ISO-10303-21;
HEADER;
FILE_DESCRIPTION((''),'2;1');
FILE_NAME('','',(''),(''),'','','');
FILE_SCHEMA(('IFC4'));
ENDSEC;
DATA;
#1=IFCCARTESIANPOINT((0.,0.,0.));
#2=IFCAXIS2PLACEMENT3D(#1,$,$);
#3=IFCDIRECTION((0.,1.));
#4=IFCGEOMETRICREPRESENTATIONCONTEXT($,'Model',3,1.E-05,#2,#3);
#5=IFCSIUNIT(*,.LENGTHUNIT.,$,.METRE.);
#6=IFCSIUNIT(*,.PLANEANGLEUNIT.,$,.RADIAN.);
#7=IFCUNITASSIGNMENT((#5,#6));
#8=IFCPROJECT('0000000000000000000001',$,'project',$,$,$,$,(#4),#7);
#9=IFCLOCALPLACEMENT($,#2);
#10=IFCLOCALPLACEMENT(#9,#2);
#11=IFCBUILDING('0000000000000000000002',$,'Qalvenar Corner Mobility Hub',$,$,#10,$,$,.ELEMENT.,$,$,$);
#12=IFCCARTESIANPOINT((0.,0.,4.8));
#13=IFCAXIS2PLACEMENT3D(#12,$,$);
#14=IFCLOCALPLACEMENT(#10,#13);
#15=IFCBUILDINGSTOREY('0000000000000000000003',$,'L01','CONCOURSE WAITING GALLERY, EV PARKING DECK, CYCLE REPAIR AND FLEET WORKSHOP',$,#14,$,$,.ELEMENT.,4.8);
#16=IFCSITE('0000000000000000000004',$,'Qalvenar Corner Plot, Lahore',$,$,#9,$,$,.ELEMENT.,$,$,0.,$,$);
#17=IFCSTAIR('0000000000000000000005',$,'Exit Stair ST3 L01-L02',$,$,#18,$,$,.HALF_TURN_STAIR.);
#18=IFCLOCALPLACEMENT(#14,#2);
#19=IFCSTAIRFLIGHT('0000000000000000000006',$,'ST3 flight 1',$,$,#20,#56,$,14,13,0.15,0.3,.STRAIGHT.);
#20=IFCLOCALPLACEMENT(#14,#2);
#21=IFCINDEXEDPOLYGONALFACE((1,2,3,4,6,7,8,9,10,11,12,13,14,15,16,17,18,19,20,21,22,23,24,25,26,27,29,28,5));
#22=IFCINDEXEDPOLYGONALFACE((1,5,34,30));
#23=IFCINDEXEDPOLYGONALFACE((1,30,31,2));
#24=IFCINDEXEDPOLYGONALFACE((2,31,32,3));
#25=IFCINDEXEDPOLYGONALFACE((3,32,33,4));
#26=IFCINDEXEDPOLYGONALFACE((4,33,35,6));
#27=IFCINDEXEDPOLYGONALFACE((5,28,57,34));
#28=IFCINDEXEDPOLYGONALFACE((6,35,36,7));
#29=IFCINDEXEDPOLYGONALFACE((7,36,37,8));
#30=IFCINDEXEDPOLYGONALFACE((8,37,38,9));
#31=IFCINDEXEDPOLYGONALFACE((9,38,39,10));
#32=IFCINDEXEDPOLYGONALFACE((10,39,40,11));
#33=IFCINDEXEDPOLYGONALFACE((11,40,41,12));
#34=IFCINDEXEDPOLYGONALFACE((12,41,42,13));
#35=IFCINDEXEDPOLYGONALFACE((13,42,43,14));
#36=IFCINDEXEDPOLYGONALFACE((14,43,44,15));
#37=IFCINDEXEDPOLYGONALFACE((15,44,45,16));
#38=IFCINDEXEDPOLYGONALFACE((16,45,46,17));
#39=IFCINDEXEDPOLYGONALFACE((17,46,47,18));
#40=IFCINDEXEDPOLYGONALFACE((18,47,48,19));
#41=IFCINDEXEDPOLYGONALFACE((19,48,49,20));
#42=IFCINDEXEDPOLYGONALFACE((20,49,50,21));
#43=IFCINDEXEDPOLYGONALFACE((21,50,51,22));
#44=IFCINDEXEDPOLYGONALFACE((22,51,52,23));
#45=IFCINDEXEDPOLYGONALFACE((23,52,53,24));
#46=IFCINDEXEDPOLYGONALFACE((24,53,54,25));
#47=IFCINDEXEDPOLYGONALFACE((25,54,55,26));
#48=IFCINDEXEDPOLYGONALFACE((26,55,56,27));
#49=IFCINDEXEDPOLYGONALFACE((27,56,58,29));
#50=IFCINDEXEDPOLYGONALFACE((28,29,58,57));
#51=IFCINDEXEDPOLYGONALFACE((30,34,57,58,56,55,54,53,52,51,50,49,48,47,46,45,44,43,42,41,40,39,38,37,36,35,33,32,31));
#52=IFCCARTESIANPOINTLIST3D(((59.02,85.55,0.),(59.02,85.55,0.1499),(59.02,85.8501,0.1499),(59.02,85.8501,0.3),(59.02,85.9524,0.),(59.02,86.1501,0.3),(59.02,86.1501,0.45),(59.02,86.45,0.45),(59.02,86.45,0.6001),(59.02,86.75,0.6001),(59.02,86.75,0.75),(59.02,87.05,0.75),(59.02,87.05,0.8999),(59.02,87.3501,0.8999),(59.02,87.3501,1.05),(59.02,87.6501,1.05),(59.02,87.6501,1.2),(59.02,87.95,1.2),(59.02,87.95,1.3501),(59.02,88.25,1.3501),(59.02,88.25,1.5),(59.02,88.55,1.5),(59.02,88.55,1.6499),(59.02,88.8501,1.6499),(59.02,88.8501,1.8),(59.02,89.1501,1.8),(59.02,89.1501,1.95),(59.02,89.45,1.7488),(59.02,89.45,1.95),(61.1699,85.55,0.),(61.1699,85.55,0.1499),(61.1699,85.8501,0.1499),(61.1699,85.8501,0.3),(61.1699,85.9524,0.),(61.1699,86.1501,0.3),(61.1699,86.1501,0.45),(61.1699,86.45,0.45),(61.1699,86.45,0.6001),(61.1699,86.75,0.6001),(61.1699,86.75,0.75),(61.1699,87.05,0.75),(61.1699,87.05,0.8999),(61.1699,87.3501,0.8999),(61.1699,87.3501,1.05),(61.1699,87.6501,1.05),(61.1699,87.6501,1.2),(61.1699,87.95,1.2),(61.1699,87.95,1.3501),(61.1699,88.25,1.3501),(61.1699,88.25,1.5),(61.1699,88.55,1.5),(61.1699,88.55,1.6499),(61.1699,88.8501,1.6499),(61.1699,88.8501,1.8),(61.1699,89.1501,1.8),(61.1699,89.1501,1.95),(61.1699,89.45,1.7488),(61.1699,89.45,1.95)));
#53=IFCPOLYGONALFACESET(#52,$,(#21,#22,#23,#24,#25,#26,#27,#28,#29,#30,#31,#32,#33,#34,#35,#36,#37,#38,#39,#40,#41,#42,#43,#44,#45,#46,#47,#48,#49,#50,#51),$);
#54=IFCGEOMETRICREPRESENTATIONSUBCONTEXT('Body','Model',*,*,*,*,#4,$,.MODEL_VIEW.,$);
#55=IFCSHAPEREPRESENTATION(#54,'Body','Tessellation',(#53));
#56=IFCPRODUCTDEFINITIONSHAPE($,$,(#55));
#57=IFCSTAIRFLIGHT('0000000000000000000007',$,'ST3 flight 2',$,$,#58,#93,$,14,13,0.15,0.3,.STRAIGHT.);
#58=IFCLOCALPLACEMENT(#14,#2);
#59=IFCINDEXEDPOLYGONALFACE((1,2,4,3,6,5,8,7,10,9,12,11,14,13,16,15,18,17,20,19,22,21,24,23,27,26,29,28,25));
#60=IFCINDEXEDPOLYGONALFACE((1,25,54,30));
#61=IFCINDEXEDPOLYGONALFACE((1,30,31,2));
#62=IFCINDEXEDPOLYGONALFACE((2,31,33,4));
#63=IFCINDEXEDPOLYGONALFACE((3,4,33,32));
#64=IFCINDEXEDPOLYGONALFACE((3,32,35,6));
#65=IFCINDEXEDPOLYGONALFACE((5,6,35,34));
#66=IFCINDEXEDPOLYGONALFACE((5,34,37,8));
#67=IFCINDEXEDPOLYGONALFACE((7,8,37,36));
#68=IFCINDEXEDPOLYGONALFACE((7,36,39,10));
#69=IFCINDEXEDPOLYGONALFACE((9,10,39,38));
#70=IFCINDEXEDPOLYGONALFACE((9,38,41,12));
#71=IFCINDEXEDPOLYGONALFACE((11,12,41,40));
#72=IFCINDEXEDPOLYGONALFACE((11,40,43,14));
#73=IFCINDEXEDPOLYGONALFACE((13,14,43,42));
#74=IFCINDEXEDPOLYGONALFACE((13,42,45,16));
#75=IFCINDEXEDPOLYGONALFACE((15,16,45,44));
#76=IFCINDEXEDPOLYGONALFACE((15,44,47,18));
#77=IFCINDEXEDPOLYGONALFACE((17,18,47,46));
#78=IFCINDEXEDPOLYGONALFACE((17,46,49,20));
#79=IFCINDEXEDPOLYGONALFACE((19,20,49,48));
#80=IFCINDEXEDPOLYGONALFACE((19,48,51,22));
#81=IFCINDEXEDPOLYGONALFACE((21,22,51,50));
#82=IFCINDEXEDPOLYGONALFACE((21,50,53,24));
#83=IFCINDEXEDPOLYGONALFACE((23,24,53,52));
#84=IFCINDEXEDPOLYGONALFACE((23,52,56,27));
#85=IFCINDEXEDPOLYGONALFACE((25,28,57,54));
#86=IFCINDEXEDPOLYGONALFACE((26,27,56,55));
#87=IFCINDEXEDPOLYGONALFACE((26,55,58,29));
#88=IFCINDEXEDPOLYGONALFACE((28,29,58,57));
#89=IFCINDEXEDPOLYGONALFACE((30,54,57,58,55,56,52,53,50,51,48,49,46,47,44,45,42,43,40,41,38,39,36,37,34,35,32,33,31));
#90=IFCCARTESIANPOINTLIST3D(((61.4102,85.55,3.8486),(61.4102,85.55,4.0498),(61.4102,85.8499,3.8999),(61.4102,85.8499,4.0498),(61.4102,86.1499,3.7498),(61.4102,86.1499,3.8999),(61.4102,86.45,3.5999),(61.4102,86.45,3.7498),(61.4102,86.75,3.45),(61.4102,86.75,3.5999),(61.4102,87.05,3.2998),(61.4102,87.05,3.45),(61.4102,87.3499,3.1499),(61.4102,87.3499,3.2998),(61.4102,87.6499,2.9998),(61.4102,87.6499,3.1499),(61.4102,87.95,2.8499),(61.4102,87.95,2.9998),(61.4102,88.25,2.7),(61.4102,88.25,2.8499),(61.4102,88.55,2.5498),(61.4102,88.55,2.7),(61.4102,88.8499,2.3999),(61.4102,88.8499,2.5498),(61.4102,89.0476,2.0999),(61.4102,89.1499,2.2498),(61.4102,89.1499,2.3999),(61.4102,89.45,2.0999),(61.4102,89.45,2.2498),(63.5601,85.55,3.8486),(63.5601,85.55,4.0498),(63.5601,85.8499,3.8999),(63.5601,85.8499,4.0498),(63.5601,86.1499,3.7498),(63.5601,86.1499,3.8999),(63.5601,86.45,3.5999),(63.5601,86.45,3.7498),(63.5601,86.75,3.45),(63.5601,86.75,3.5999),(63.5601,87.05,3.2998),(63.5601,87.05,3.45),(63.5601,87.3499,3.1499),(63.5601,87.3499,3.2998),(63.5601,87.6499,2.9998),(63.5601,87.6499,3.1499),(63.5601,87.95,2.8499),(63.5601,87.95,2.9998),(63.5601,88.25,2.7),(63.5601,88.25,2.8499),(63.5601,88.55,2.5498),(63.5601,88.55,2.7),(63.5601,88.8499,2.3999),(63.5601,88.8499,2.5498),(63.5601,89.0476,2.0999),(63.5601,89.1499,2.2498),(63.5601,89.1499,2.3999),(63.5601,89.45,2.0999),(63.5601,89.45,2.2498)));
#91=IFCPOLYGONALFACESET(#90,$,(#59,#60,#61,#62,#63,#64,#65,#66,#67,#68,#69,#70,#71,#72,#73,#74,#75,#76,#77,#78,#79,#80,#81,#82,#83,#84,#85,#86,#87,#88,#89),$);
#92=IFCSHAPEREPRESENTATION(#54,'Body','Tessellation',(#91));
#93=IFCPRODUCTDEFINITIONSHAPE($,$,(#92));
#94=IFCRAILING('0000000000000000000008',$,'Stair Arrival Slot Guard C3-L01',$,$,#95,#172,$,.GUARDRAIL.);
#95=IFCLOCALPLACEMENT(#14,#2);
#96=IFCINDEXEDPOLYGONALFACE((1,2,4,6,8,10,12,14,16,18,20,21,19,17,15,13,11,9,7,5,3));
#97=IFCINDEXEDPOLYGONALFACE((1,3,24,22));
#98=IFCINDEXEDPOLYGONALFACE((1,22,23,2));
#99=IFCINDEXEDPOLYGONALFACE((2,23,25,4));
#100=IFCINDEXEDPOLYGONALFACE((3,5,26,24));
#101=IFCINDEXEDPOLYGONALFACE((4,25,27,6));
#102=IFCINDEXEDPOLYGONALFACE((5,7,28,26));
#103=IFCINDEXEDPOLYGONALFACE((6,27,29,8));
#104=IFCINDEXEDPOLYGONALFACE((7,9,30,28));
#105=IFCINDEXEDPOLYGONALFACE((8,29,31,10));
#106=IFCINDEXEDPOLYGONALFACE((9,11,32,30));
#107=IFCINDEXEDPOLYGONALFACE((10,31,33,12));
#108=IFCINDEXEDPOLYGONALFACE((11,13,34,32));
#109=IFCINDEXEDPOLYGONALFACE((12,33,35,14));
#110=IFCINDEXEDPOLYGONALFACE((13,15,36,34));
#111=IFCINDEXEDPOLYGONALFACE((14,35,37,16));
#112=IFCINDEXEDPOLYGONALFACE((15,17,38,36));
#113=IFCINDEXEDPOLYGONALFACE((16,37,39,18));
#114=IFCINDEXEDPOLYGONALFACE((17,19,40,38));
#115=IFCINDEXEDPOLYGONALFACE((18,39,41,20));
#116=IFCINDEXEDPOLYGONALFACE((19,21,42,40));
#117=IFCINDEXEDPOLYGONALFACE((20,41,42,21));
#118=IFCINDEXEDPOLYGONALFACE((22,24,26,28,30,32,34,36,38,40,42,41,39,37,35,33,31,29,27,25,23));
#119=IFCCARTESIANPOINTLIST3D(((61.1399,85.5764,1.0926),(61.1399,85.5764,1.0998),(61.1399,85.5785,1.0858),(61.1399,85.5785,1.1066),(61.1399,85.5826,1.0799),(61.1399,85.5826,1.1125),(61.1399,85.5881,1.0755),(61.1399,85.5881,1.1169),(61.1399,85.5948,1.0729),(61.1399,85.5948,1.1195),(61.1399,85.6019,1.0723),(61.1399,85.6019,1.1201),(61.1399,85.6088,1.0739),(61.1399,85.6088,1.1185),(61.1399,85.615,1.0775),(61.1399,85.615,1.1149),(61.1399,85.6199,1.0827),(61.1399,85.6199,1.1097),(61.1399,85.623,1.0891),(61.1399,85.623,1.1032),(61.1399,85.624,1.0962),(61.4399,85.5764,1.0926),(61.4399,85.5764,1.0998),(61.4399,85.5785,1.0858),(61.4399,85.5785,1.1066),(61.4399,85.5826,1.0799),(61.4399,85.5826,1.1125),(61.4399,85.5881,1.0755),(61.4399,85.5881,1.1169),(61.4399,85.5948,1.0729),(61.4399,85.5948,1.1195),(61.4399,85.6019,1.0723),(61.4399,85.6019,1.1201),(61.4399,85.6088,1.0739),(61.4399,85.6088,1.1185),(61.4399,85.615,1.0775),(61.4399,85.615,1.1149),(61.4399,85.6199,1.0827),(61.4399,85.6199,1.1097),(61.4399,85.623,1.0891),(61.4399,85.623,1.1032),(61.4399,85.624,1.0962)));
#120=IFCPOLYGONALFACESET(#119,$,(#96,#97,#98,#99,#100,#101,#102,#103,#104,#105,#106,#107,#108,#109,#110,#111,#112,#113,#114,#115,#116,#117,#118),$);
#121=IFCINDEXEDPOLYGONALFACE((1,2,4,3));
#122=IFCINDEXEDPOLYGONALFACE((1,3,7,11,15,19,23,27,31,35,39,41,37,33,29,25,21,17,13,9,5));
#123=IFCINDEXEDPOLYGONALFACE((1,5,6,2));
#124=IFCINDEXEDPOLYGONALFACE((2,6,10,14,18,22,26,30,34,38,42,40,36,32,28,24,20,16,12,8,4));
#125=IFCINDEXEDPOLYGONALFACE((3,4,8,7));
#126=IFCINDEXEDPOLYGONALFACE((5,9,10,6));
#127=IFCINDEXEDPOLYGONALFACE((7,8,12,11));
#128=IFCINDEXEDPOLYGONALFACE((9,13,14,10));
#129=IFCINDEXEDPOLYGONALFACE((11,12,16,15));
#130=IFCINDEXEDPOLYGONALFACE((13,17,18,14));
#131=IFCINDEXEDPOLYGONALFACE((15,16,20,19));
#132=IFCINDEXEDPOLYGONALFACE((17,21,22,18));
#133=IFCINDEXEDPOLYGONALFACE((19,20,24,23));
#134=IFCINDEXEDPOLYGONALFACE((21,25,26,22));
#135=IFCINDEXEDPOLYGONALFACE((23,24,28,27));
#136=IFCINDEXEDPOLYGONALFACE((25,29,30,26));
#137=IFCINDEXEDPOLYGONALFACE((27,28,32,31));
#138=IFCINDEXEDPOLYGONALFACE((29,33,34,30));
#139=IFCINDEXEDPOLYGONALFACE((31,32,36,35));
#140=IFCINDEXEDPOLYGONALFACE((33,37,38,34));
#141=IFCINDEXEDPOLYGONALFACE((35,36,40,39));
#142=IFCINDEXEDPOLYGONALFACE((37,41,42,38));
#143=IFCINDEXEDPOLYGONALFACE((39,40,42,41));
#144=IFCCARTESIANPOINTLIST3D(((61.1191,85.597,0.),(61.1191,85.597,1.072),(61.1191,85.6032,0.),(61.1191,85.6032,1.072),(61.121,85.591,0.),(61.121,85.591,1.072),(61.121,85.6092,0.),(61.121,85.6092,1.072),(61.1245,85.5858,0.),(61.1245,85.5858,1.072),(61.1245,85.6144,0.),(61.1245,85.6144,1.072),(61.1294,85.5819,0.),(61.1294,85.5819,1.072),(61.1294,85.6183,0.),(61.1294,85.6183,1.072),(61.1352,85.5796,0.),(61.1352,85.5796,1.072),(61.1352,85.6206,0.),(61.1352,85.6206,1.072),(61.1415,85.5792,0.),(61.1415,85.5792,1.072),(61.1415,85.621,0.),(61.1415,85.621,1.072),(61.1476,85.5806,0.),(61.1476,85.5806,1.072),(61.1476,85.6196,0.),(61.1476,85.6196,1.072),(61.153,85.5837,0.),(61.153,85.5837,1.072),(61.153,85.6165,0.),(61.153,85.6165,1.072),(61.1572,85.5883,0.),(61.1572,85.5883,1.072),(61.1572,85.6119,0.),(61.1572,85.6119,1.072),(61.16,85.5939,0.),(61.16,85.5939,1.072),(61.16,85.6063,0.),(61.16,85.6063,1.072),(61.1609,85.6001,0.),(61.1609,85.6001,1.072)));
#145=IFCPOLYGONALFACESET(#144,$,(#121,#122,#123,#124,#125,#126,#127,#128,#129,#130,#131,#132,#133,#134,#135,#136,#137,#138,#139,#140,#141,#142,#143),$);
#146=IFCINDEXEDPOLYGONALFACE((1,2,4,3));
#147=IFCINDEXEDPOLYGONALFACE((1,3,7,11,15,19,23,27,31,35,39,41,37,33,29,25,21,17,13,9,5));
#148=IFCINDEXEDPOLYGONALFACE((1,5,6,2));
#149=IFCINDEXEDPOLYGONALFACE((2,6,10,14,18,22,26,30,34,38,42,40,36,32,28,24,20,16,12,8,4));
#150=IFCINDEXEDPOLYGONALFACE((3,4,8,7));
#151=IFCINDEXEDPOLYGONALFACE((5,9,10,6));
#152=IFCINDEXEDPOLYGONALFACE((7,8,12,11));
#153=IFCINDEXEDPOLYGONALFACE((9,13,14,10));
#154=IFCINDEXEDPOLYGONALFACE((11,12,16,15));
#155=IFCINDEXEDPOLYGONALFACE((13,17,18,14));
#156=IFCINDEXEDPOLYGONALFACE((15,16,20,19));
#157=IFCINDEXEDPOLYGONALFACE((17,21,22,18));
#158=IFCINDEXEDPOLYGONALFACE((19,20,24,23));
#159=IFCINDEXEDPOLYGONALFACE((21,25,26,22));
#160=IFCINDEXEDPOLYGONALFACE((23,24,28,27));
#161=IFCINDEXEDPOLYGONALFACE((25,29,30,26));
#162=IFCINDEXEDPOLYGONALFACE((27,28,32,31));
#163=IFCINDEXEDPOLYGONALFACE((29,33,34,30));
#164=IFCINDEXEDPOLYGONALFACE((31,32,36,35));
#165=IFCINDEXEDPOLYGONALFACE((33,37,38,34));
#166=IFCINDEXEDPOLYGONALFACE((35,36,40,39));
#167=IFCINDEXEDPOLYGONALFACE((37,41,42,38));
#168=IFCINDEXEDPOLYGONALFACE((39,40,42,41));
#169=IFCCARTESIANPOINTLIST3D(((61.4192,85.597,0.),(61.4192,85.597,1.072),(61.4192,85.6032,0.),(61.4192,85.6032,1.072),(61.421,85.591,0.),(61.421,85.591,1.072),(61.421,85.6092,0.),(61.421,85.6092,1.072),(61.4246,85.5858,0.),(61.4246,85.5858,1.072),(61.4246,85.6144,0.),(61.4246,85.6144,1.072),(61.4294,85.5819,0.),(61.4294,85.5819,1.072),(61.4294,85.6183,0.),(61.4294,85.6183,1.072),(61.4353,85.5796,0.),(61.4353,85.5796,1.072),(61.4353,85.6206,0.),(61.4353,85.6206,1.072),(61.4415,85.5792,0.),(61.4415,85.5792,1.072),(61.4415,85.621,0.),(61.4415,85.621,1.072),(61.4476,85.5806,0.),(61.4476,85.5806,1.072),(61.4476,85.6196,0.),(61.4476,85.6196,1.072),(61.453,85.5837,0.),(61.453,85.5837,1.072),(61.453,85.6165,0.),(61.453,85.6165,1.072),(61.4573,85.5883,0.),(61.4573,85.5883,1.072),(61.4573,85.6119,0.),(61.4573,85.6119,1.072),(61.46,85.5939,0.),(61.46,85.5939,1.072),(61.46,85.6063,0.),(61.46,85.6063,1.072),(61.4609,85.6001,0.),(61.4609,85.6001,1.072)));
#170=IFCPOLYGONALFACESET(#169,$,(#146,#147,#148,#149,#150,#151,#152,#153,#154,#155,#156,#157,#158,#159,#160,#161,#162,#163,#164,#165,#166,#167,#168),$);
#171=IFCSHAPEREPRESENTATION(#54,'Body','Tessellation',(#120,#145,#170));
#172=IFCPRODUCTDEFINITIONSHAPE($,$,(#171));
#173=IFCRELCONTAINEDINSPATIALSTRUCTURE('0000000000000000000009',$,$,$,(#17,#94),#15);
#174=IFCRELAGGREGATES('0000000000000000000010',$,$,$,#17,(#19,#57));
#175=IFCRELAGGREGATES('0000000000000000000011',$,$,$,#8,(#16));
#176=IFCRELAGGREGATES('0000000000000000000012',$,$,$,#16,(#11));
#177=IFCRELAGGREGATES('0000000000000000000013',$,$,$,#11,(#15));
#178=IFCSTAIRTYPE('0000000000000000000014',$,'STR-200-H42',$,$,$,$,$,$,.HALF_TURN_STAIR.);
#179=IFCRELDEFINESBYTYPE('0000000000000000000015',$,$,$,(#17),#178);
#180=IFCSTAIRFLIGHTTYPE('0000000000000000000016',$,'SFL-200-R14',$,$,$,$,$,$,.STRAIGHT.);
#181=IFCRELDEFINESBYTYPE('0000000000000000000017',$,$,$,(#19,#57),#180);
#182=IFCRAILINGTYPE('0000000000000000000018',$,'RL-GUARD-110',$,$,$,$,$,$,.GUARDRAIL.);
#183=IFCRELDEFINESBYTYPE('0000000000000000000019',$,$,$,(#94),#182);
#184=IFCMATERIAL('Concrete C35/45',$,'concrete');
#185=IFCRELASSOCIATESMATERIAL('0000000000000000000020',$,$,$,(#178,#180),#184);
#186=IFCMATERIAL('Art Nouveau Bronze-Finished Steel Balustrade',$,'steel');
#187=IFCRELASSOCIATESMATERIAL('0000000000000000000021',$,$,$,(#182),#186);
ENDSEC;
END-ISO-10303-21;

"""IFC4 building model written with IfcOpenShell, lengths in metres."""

from ifc_helpers import new_model, si_unit, direction, frame, origin, origin_2d, place, context, subcontext, project, spatial, polyline, circle, outline, extrude, material, type_object, element, aggregate, save


model = new_model("IFC4")

# Units and contexts
model_context = context("Model", 3, precision=1e-05, world=origin(), true_north=direction((0.0, 1.0)))
body_context = subcontext(model_context, "Body", "Model", "MODEL_VIEW")
ifc_project = project(units=[si_unit("LENGTHUNIT", "METRE"), si_unit("PLANEANGLEUNIT", "RADIAN")], contexts=[model_context])

# Site, building, storey
site_placement = place(None, origin())
site = spatial("IfcSite", under=ifc_project, at=site_placement, Name="Qalvenar Corner Plot, Lahore", CompositionType="ELEMENT", RefElevation=0.0)
building_placement = place(site_placement, origin())
building = spatial("IfcBuilding", under=site, at=building_placement, Name="Qalvenar Corner Mobility Hub", CompositionType="ELEMENT")
storey_placement = place(building_placement, frame((0.0, 0.0, 4.8)))
storey = spatial("IfcBuildingStorey", under=building, at=storey_placement, Name="L01", Description="CONCOURSE WAITING GALLERY, EV PARKING DECK, CYCLE REPAIR AND FLEET WORKSHOP", CompositionType="ELEMENT", Elevation=4.8)

# Stair, stair flights
ifc_material_1 = material(Name="Concrete C35/45", Category="concrete")
stair_type = type_object("IfcStairType", Name="STR-200-H42", PredefinedType="HALF_TURN_STAIR", material=ifc_material_1)
stair_placement = place(storey_placement, origin())
stair = element("IfcStair", 1, at=stair_placement, inside=storey, type_object=stair_type, Name="Exit Stair ST3 L01-L02", PredefinedType="HALF_TURN_STAIR")
stair_flight_type = type_object("IfcStairFlightType", Name="SFL-200-R14", PredefinedType="STRAIGHT", material=ifc_material_1)
stair_flight_1_placement = place(storey_placement, frame((60.095, 85.55, 0.0), z_axis=(0.0, 0.0, 1.0), x_axis=(0.0, 1.0, 0.0)))
stair_flight_1 = element("IfcStairFlight", 2, at=stair_flight_1_placement, type_object=stair_flight_type, Name="ST3 flight 1", NumberOfRisers=14, NumberOfTreads=13, PredefinedType="STRAIGHT", RiserHeight=0.15, TreadLength=0.3, context=body_context, shape_type="SweptSolid", body=[
    extrude(outline(polyline([(0.0, 0.0), (0.0, 0.1499), (0.3, 0.1499), (0.3, 0.3), (0.6001, 0.3), (0.6001, 0.45), (0.8999, 0.45), (0.8999, 0.6001), (1.2, 0.6001), (1.2, 0.75), (1.5, 0.75), (1.5, 0.8999), (1.8, 0.8999), (1.8, 1.05), (2.1001, 1.05), (2.1001, 1.2), (2.3999, 1.2), (2.3999, 1.3501), (2.7, 1.3501), (2.7, 1.5), (3.0, 1.5), (3.0, 1.6499), (3.3, 1.6499), (3.3, 1.8), (3.6001, 1.8), (3.6001, 1.95), (3.8999, 1.95), (3.8999, 2.1001), (3.8999, 1.7488), (0.4023, 0.0), (0.0, 0.0)])), frame((0.0, 1.075, 0.0), z_axis=(0.0, -1.0, 0.0), x_axis=(1.0, 0.0, 0.0)), (0.0, 0.0, 1.0), 2.1499),
])
stair_flight_2_placement = place(storey_placement, frame((62.4851, 89.45, 2.0999), z_axis=(0.0, 0.0, 1.0), x_axis=(0.0, -1.0, 0.0)))
stair_flight_2 = element("IfcStairFlight", 3, at=stair_flight_2_placement, type_object=stair_flight_type, Name="ST3 flight 2", NumberOfRisers=14, NumberOfTreads=13, PredefinedType="STRAIGHT", RiserHeight=0.15, TreadLength=0.3, context=body_context, shape_type="SweptSolid", body=[
    extrude(outline(polyline([(0.0, 0.0), (0.0, 0.1499), (0.3, 0.1499), (0.3, 0.3), (0.6001, 0.3), (0.6001, 0.45), (0.8999, 0.45), (0.8999, 0.6001), (1.2, 0.6001), (1.2, 0.75), (1.5, 0.75), (1.5, 0.8999), (1.8, 0.8999), (1.8, 1.05), (2.1001, 1.05), (2.1001, 1.2), (2.3999, 1.2), (2.3999, 1.3501), (2.7, 1.3501), (2.7, 1.5), (3.0, 1.5), (3.0, 1.6499), (3.3, 1.6499), (3.3, 1.8), (3.6001, 1.8), (3.6001, 1.95), (3.8999, 1.95), (3.8999, 2.1001), (3.8999, 1.7488), (0.4023, 0.0), (0.0, 0.0)])), frame((0.0, 1.075, 0.0), z_axis=(0.0, -1.0, 0.0), x_axis=(1.0, 0.0, 0.0)), (0.0, 0.0, 1.0), 2.1499),
])
aggregate(stair, [stair_flight_1, stair_flight_2])

# Railing
ifc_material_2 = material(Name="Art Nouveau Bronze-Finished Steel Balustrade", Category="steel")
railing_type_1 = type_object("IfcRailingType", Name="RL-GUARD-110", PredefinedType="GUARDRAIL", material=ifc_material_2)
for number, where, name in (
    (4, (61.1399, 85.6001, 0.0), "Stair Arrival Slot Guard C3-L01"),
):
    element("IfcRailing", number, at=place(storey_placement, frame(where)), inside=storey, type_object=railing_type_1, Name=name, PredefinedType="GUARDRAIL", context=body_context, shape_type="SweptSolid", body=[
        extrude(circle(Radius=0.0239, at=origin_2d()), frame((0.0, 0.0, 1.0962), z_axis=(1.0, 0.0, 0.0), x_axis=(0.0, 1.0, 0.0)), (0.0, 0.0, 1.0), 0.3),
        extrude(circle(Radius=0.021, at=origin_2d()), origin(), (0.0, 0.0, 1.0), 1.072),
        extrude(circle(Radius=0.021, at=origin_2d()), frame((0.3, 0.0, 0.0)), (0.0, 0.0, 1.0), 1.072),
    ])

save(model, "model.ifc")
